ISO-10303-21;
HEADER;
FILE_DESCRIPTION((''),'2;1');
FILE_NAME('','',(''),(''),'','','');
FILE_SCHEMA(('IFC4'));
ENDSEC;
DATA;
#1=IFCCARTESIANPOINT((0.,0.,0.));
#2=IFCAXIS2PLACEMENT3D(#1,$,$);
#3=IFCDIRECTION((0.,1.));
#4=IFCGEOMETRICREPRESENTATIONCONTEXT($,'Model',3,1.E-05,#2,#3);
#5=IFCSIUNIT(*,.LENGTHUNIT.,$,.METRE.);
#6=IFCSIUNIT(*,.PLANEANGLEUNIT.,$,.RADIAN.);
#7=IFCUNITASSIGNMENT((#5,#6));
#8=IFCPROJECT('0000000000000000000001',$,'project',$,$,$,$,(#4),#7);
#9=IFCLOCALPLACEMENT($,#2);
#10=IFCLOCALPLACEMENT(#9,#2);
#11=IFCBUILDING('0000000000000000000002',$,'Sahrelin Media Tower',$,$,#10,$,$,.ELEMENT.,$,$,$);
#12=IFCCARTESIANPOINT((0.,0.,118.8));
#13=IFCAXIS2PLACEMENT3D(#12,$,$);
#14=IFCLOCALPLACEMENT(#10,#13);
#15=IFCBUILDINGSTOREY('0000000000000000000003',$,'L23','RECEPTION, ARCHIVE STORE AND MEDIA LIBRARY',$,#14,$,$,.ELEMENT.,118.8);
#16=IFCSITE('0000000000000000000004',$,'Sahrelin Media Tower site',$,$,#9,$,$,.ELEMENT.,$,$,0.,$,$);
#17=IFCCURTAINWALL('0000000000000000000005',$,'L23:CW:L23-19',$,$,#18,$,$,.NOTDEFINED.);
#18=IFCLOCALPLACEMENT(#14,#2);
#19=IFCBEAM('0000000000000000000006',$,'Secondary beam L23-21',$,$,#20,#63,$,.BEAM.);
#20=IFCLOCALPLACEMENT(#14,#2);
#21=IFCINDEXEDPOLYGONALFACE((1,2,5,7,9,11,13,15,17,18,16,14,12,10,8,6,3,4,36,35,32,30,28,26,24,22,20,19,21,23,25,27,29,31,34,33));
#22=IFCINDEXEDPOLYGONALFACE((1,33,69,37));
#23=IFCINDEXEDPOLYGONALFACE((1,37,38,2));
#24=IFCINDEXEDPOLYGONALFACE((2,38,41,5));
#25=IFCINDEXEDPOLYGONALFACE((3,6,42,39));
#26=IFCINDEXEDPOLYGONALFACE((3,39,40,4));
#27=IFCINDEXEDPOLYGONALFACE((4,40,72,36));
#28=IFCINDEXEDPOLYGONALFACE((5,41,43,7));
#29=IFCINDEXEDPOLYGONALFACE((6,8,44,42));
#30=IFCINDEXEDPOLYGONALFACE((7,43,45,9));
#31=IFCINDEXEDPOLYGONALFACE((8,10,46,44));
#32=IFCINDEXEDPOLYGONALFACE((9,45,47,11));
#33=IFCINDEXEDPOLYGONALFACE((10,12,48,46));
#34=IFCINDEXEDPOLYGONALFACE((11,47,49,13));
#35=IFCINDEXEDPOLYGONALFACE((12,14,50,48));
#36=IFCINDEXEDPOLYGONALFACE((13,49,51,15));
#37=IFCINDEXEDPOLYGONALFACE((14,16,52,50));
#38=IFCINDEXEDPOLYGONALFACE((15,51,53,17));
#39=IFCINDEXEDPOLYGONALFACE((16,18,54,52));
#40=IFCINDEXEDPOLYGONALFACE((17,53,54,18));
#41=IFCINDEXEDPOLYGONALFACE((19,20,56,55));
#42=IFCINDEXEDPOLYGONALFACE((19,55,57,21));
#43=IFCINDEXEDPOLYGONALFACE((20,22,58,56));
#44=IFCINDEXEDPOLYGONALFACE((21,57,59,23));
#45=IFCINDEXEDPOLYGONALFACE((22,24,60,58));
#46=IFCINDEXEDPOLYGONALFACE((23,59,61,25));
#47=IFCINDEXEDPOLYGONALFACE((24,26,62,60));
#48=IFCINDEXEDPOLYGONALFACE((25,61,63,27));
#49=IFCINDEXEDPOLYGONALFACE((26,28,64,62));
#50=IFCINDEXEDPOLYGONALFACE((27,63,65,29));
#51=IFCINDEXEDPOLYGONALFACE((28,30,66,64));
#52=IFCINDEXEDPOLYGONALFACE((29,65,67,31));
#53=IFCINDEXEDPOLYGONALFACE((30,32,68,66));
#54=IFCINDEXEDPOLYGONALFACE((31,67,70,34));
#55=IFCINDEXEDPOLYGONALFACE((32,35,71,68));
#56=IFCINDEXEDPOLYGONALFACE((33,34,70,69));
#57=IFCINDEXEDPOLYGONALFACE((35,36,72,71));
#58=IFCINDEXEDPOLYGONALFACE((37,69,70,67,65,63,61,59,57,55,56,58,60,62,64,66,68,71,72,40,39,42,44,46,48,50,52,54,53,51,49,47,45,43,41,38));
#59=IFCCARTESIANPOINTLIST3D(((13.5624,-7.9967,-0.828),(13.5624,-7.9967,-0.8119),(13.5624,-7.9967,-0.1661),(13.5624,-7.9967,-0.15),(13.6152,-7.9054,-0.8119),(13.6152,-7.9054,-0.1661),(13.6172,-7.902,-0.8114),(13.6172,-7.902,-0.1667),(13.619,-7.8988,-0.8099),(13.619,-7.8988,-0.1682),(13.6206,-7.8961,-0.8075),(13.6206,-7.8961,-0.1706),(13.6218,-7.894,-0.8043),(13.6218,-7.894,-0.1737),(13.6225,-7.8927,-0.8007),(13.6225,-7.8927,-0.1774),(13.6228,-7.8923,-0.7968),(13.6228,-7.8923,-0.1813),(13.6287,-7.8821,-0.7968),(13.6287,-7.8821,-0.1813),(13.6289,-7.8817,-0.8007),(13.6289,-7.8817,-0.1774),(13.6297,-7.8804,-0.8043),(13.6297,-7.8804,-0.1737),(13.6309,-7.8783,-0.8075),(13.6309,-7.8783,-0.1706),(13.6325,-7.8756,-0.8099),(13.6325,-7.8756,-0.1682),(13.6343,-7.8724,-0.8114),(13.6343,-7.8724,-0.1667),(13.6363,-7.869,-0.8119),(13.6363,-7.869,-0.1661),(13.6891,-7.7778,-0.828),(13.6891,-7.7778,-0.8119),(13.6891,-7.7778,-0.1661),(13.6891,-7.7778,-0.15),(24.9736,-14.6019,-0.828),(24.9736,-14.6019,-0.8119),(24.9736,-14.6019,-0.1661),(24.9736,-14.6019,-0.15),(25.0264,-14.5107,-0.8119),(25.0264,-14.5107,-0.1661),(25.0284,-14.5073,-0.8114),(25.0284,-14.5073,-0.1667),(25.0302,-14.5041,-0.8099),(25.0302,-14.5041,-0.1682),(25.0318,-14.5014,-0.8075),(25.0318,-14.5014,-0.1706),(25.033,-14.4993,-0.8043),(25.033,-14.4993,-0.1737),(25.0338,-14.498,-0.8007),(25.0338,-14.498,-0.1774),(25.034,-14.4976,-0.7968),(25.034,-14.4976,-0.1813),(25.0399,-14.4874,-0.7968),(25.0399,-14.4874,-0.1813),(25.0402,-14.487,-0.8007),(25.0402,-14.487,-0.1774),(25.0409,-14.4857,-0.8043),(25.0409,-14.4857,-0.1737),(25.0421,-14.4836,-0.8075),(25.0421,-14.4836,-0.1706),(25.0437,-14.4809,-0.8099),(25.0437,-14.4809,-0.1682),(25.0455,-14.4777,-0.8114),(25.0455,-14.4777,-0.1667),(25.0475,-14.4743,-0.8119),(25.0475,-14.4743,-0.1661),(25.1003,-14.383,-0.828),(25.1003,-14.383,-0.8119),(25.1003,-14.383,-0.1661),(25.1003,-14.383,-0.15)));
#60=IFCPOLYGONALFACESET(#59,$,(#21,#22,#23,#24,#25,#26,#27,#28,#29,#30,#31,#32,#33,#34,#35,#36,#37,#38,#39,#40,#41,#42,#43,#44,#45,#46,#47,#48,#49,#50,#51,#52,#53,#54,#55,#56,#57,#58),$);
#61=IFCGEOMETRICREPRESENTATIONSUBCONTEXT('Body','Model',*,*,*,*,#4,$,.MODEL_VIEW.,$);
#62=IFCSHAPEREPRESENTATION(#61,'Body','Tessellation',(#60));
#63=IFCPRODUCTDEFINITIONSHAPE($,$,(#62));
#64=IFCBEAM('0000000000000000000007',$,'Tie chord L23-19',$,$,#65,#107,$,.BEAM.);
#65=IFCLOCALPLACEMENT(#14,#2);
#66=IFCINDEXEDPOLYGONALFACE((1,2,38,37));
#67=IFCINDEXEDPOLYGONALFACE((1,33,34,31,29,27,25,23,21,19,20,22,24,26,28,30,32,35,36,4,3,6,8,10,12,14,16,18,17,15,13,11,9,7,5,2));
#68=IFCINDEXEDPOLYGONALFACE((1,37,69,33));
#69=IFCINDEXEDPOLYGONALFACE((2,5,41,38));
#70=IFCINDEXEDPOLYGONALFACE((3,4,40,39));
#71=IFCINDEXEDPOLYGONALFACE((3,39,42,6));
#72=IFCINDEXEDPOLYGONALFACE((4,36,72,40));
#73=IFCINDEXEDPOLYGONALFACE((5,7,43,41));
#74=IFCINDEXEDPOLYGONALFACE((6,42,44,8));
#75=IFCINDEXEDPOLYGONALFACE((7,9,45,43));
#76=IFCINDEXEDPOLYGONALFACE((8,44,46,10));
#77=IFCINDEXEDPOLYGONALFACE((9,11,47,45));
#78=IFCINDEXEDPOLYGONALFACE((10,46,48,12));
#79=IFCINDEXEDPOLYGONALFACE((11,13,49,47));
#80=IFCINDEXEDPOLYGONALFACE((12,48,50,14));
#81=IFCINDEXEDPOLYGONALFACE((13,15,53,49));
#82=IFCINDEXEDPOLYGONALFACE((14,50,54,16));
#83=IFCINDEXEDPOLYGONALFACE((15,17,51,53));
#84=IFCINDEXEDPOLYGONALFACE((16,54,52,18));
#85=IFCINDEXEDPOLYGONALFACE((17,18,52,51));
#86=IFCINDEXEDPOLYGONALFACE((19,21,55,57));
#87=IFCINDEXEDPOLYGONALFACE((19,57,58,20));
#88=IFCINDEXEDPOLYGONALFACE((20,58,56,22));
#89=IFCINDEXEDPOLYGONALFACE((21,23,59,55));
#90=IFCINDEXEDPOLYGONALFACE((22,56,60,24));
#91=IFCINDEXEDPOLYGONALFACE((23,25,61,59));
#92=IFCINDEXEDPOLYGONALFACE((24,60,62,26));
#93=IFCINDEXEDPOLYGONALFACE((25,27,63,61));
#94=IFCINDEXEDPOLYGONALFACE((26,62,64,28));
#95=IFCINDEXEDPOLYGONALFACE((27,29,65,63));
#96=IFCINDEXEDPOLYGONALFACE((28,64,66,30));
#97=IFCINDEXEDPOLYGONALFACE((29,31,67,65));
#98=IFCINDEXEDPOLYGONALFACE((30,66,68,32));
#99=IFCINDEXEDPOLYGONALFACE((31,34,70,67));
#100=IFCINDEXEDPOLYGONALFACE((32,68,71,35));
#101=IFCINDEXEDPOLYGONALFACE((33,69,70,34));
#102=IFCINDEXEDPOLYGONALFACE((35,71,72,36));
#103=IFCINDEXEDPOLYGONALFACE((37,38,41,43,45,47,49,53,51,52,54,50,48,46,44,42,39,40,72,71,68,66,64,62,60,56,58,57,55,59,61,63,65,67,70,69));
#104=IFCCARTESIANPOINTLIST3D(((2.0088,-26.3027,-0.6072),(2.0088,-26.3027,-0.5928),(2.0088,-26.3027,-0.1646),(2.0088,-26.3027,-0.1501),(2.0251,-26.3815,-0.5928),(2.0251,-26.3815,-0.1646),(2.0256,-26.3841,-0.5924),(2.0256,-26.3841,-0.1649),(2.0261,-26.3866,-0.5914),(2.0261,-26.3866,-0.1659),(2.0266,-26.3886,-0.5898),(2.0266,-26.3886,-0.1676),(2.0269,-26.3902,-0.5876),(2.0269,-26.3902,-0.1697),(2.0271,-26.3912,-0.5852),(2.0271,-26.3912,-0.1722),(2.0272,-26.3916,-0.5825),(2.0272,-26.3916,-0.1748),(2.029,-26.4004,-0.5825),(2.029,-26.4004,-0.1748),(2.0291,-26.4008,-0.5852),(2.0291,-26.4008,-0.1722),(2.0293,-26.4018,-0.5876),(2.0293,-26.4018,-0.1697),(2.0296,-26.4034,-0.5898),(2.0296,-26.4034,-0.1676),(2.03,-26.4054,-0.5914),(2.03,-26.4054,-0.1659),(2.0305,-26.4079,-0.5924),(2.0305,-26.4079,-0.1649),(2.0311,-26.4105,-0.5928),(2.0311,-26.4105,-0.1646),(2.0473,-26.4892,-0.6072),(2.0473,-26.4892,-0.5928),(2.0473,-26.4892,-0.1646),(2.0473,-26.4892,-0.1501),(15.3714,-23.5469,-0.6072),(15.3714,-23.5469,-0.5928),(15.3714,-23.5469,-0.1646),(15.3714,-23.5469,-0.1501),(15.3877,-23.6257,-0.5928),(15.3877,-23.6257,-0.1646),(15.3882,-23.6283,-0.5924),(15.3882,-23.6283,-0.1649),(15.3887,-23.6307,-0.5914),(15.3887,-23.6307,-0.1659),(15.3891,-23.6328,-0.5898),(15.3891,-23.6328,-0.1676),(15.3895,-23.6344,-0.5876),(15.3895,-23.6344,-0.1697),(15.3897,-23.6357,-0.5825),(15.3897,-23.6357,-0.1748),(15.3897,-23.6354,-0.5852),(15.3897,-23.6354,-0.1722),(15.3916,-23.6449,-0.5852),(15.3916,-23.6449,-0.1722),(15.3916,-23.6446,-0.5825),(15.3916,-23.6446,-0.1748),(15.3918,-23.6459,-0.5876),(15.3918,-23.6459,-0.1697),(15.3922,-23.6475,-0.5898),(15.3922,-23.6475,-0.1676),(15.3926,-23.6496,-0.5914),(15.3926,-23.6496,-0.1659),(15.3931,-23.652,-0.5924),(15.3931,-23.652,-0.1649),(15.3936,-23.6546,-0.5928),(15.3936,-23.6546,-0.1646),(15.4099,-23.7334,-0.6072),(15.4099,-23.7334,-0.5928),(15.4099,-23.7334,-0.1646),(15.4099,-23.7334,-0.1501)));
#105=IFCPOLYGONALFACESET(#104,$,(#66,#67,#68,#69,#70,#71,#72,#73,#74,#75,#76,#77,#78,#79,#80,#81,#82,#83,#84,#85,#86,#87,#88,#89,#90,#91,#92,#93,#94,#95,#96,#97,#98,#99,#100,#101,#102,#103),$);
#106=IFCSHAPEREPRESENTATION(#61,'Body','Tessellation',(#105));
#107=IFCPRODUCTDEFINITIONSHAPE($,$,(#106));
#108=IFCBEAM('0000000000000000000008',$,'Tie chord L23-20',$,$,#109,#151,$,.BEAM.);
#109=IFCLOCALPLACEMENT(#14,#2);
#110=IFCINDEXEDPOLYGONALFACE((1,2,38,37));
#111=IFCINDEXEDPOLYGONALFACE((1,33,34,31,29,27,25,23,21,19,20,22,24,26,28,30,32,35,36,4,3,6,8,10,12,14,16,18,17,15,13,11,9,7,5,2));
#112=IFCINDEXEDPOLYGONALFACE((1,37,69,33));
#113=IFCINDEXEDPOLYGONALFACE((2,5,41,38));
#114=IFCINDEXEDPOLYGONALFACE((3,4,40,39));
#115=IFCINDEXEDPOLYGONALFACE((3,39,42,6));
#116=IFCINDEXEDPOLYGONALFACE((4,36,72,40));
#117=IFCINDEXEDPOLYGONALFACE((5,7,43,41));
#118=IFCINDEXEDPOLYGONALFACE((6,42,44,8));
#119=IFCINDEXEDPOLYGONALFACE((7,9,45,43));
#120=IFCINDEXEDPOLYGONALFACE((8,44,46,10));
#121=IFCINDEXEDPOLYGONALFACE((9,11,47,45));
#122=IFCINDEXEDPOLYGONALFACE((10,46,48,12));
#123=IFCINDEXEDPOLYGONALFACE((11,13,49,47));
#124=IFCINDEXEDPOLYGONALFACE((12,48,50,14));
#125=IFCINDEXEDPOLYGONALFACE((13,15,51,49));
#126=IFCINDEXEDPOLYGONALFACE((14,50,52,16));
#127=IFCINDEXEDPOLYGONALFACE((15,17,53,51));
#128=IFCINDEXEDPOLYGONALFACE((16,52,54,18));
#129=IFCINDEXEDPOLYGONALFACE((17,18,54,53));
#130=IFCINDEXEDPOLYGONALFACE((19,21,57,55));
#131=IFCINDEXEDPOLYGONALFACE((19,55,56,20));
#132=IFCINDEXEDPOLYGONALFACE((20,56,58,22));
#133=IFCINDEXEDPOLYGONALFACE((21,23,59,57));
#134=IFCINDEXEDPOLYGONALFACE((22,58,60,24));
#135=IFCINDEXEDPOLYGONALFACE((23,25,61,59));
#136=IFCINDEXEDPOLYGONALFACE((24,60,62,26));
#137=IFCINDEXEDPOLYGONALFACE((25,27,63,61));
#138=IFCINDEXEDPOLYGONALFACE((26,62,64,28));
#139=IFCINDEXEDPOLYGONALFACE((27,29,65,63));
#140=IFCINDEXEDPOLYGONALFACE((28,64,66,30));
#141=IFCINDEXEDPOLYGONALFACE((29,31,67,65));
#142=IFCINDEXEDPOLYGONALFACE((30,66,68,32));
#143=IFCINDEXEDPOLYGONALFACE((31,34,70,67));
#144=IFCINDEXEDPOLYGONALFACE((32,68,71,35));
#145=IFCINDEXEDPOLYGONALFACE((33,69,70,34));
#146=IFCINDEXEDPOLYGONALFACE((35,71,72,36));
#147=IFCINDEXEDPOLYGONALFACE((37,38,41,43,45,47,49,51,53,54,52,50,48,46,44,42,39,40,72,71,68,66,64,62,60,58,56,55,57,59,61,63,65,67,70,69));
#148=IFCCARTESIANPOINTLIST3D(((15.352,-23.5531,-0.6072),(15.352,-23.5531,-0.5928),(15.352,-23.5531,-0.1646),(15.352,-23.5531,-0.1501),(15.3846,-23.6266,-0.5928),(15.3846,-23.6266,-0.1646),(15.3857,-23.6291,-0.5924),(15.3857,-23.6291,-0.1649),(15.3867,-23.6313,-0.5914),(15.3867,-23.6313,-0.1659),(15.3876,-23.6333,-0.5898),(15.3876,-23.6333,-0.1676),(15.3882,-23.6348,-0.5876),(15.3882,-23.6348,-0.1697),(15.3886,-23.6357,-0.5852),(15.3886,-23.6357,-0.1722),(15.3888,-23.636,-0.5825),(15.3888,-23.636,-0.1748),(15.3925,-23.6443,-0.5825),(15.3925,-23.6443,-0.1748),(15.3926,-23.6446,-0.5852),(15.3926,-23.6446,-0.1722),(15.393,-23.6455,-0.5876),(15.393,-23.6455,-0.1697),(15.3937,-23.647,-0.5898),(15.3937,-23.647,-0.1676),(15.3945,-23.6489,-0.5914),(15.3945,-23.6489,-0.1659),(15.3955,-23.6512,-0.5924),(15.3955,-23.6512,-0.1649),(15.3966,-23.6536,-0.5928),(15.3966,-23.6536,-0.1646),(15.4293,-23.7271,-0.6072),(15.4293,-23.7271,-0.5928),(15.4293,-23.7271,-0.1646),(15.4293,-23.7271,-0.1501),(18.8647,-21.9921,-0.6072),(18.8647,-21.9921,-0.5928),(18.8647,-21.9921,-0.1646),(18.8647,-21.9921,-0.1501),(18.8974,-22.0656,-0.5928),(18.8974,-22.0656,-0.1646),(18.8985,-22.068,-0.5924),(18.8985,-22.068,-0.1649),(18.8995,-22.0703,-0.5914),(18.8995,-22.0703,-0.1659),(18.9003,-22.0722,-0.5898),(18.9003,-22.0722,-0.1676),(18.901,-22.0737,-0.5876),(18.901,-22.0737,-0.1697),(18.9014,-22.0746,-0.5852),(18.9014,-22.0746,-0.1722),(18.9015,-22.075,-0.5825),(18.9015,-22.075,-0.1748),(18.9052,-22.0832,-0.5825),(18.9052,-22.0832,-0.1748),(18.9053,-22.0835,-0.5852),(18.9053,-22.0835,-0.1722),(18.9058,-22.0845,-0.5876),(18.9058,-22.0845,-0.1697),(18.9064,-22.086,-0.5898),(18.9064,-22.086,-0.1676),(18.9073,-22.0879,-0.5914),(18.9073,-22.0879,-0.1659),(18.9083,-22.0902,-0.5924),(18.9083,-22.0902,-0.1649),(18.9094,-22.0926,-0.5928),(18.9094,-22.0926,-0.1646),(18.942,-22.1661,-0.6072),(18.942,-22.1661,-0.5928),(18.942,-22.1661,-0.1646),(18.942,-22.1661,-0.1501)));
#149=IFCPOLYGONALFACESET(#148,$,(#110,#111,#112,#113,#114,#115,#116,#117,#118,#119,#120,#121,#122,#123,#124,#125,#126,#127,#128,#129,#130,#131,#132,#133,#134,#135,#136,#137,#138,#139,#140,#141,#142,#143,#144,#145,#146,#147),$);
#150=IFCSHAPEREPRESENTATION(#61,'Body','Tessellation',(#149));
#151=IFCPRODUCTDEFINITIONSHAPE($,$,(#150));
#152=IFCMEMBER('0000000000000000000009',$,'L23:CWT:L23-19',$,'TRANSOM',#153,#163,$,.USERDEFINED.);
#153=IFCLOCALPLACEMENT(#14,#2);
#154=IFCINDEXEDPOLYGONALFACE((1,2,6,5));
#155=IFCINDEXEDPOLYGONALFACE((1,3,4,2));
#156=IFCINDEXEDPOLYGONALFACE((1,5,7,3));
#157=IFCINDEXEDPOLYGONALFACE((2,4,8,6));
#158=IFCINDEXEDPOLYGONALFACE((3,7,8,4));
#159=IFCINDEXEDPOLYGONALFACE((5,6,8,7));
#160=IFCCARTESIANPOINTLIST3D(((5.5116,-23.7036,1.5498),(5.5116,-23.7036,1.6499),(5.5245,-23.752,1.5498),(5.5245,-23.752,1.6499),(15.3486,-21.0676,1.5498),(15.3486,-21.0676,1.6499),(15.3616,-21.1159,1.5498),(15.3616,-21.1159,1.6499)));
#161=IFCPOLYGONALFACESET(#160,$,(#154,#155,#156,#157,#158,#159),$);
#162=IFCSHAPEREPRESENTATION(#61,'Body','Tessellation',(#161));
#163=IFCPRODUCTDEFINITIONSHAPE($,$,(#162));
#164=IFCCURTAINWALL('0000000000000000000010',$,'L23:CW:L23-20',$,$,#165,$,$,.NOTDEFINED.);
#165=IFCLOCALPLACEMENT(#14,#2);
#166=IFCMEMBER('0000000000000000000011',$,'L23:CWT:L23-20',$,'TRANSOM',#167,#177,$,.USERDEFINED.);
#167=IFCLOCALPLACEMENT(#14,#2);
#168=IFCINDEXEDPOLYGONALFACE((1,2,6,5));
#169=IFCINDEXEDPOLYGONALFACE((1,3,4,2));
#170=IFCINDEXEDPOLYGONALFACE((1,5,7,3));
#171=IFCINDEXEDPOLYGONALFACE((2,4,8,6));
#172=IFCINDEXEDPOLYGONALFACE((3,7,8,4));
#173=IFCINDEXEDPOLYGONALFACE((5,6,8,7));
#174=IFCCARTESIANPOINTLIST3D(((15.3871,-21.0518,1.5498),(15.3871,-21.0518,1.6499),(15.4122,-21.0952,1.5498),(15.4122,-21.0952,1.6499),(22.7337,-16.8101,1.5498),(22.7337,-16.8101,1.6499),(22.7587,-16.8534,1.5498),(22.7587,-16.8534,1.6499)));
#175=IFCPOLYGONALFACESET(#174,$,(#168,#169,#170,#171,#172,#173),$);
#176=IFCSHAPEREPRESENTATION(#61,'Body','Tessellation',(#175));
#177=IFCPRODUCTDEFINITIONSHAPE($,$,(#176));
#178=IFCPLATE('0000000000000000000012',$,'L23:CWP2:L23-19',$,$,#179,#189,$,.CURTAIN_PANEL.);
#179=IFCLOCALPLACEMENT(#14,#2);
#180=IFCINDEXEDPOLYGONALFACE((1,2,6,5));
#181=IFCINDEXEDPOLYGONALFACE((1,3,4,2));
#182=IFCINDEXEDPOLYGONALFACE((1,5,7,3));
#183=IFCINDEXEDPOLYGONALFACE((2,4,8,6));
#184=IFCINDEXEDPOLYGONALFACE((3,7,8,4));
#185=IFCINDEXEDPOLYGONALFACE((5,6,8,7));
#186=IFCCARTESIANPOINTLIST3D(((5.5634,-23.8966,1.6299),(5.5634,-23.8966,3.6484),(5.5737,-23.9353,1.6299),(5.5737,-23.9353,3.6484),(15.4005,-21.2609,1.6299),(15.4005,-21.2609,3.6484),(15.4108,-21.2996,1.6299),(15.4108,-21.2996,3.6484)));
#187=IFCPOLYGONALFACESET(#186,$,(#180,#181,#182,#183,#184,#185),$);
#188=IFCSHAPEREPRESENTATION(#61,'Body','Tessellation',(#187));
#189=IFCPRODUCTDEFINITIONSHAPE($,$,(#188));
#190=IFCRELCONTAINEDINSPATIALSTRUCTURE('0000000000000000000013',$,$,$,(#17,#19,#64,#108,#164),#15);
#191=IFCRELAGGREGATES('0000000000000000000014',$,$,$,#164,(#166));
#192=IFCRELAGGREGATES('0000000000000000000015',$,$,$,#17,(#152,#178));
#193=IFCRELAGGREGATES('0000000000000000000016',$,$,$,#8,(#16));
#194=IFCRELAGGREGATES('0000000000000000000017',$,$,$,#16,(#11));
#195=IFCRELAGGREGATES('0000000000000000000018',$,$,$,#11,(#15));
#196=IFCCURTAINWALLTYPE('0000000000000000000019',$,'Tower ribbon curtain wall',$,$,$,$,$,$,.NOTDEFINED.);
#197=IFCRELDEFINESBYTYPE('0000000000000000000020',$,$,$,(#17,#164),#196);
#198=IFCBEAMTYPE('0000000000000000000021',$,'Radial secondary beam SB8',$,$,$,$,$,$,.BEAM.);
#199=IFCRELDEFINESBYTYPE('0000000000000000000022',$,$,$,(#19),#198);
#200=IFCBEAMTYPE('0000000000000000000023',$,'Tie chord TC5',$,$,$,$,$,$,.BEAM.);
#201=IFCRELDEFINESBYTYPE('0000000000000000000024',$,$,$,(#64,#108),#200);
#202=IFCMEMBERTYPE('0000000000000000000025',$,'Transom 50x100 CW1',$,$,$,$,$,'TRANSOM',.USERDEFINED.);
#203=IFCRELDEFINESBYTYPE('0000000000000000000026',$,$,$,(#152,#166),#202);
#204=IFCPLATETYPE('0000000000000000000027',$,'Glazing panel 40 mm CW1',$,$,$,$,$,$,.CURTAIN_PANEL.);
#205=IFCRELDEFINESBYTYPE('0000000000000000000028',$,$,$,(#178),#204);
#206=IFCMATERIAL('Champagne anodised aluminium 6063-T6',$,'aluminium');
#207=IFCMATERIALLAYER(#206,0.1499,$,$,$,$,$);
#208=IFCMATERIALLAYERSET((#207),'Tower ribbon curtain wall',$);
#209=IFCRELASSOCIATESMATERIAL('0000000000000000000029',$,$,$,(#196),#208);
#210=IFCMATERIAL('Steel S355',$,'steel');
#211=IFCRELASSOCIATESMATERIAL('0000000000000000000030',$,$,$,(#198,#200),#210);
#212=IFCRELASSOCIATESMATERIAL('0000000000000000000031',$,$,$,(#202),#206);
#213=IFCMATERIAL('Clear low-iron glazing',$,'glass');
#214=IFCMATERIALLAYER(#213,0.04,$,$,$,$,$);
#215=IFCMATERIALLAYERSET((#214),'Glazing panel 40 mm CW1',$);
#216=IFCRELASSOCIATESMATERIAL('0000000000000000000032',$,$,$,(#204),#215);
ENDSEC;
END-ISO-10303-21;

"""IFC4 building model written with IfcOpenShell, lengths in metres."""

from ifc_helpers import new_model, si_unit, direction, frame, origin, origin_2d, place, context, subcontext, project, spatial, polyline, rectangle, i_section, outline, extrude, material, layer, layer_set, material_profile, profile_set, type_object, element, aggregate, save


model = new_model("IFC4")

# Units and contexts
model_context = context("Model", 3, precision=1e-05, world=origin(), true_north=direction((0.0, 1.0)))
body_context = subcontext(model_context, "Body", "Model", "MODEL_VIEW")
ifc_project = project(units=[si_unit("LENGTHUNIT", "METRE"), si_unit("PLANEANGLEUNIT", "RADIAN")], contexts=[model_context])

# Site, building, storey
site_placement = place(None, origin())
site = spatial("IfcSite", under=ifc_project, at=site_placement, Name="Sahrelin Media Tower site", CompositionType="ELEMENT", RefElevation=0.0)
building_placement = place(site_placement, origin())
building = spatial("IfcBuilding", under=site, at=building_placement, Name="Sahrelin Media Tower", CompositionType="ELEMENT")
storey_placement = place(building_placement, frame((0.0, 0.0, 118.8)))
storey = spatial("IfcBuildingStorey", under=building, at=storey_placement, Name="L23", Description="RECEPTION, ARCHIVE STORE AND MEDIA LIBRARY", CompositionType="ELEMENT", Elevation=118.8)

# Shared definitions
ifc_material_1 = material(Name="Steel S355", Category="steel")

# Curtain wall
ifc_material_2 = material(Name="Champagne anodised aluminium 6063-T6", Category="aluminium")
ifc_layer_1 = layer(ifc_material_2, 0.1499)
ifc_layer_set_1 = layer_set([ifc_layer_1], Name="Tower ribbon curtain wall")
curtain_wall_type = type_object("IfcCurtainWallType", Name="Tower ribbon curtain wall", PredefinedType="NOTDEFINED", material=ifc_layer_set_1)
curtain_wall_1_placement = place(storey_placement, frame((10.4871, -22.5981, 0.0), z_axis=(0.0, 0.0, 1.0), x_axis=(1.0, 0.0, 0.0)))
curtain_wall_1 = element("IfcCurtainWall", 1, at=curtain_wall_1_placement, inside=storey, type_object=curtain_wall_type, Name="L23:CW:L23-19", PredefinedType="NOTDEFINED")

# Beams
ifc_material_profile_1 = material_profile(ifc_material_1, i_section(OverallWidth=0.2529, OverallDepth=0.678, WebThickness=0.0117, FlangeThickness=0.0161, FilletRadius=0.0151, at=origin_2d()), Name="UB 686x254x125")
ifc_profile_set_1 = profile_set([ifc_material_profile_1], Name="Steel S355")
beam_type_1 = type_object("IfcBeamType", Name="Radial secondary beam SB8", PredefinedType="BEAM", material=ifc_profile_set_1)
beam_1_placement = place(storey_placement, frame((13.6257, -7.8872, -0.489), z_axis=(0.865466, -0.500967, 0.0), x_axis=(0.500967, 0.865466, 0.0)))
element("IfcBeam", 2, at=beam_1_placement, inside=storey, type_object=beam_type_1, Name="Secondary beam L23-21", PredefinedType="BEAM", context=body_context, shape_type="SweptSolid", body=[
    extrude(i_section(OverallWidth=0.2529, OverallDepth=0.678, WebThickness=0.0117, FlangeThickness=0.0161, FilletRadius=0.0151, at=origin_2d()), origin(), (0.0, 0.0, 1.0), 13.1851),
])
ifc_material_profile_2 = material_profile(ifc_material_1, i_section(OverallWidth=0.1904, OverallDepth=0.457, WebThickness=0.009, FlangeThickness=0.0144, FilletRadius=0.0103, at=origin_2d()), Name="UB 457x191x74")
ifc_profile_set_2 = profile_set([ifc_material_profile_2], Name="Steel S355")
beam_type_2 = type_object("IfcBeamType", Name="Tie chord TC5", PredefinedType="BEAM", material=ifc_profile_set_2)
beam_2_placement = place(storey_placement, frame((2.0281, -26.396, -0.3787), z_axis=(0.979388, 0.201987, 0.0), x_axis=(-0.201987, 0.979388, 0.0)))
element("IfcBeam", 3, at=beam_2_placement, inside=storey, type_object=beam_type_2, Name="Tie chord L23-19", PredefinedType="BEAM", context=body_context, shape_type="SweptSolid", body=[
    extrude(i_section(OverallWidth=0.1904, OverallDepth=0.457, WebThickness=0.009, FlangeThickness=0.0144, FilletRadius=0.0103, at=origin_2d()), origin(), (0.0, 0.0, 1.0), 13.6438),
])
beam_3_placement = place(storey_placement, frame((15.3906, -23.6401, -0.3787), z_axis=(0.913827, 0.406103, 0.0), x_axis=(-0.406103, 0.913827, 0.0)))
element("IfcBeam", 4, at=beam_3_placement, inside=storey, type_object=beam_type_2, Name="Tie chord L23-20", PredefinedType="BEAM", context=body_context, shape_type="SweptSolid", body=[
    extrude(i_section(OverallWidth=0.1904, OverallDepth=0.457, WebThickness=0.009, FlangeThickness=0.0144, FilletRadius=0.0103, at=origin_2d()), origin(), (0.0, 0.0, 1.0), 3.844),
])

# Member
ifc_material_profile_3 = material_profile(ifc_material_2, rectangle(XDim=0.05, YDim=0.1001, at=origin_2d()), Name="Transom 50x100")
ifc_profile_set_3 = profile_set([ifc_material_profile_3], Name="Champagne anodised aluminium 6063-T6")
member_type_1 = type_object("IfcMemberType", Name="Transom 50x100 CW1", ElementType="TRANSOM", PredefinedType="USERDEFINED", material=ifc_profile_set_3)
member_1_placement = place(storey_placement, frame((5.5181, -23.7278, 1.5999), z_axis=(0.965921, 0.258837, 0.0), x_axis=(-0.258837, 0.965921, 0.0)))
member_1 = element("IfcMember", 5, at=member_1_placement, type_object=member_type_1, Name="L23:CWT:L23-19", ObjectType="TRANSOM", PredefinedType="USERDEFINED", context=body_context, shape_type="SweptSolid", body=[
    extrude(rectangle(XDim=0.05, YDim=0.1001, at=origin_2d()), origin(), (0.0, 0.0, 1.0), 10.1841),
])

# Curtain wall, member
curtain_wall_2_placement = place(storey_placement, frame((19.1704, -19.1216, 0.0), z_axis=(0.0, 0.0, 1.0), x_axis=(1.0, 0.0, 0.0)))
curtain_wall_2 = element("IfcCurtainWall", 6, at=curtain_wall_2_placement, inside=storey, type_object=curtain_wall_type, Name="L23:CW:L23-20", PredefinedType="NOTDEFINED")
member_2_placement = place(storey_placement, frame((15.3997, -21.0735, 1.5999), z_axis=(0.866014, 0.500021, 0.0), x_axis=(-0.500021, 0.866014, 0.0)))
member_2 = element("IfcMember", 7, at=member_2_placement, type_object=member_type_1, Name="L23:CWT:L23-20", ObjectType="TRANSOM", PredefinedType="USERDEFINED", context=body_context, shape_type="SweptSolid", body=[
    extrude(rectangle(XDim=0.05, YDim=0.1001, at=origin_2d()), origin(), (0.0, 0.0, 1.0), 8.4832),
])
aggregate(curtain_wall_2, [member_2])

# Plate
ifc_material_3 = material(Name="Clear low-iron glazing", Category="glass")
ifc_layer_2 = layer(ifc_material_3, 0.04)
ifc_layer_set_2 = layer_set([ifc_layer_2], Name="Glazing panel 40 mm CW1")
plate_type_1 = type_object("IfcPlateType", Name="Glazing panel 40 mm CW1", PredefinedType="CURTAIN_PANEL", material=ifc_layer_set_2)
plate_1_placement = place(storey_placement, frame((5.5737, -23.9353, 1.6299), z_axis=(0.258808, -0.965929, 0.0), x_axis=(0.965929, 0.258808, 0.0)))
plate_1 = element("IfcPlate", 8, at=plate_1_placement, type_object=plate_type_1, Name="L23:CWP2:L23-19", PredefinedType="CURTAIN_PANEL", context=body_context, shape_type="SweptSolid", body=[
    extrude(outline(polyline([(0.0, 0.0), (10.1841, 0.0), (10.1841, 2.0186), (0.0, 2.0186), (0.0, 0.0)])), origin(), (0.0, 0.0, -1.0), 0.04),
])
aggregate(curtain_wall_1, [member_1, plate_1])

save(model, "model.ifc")
